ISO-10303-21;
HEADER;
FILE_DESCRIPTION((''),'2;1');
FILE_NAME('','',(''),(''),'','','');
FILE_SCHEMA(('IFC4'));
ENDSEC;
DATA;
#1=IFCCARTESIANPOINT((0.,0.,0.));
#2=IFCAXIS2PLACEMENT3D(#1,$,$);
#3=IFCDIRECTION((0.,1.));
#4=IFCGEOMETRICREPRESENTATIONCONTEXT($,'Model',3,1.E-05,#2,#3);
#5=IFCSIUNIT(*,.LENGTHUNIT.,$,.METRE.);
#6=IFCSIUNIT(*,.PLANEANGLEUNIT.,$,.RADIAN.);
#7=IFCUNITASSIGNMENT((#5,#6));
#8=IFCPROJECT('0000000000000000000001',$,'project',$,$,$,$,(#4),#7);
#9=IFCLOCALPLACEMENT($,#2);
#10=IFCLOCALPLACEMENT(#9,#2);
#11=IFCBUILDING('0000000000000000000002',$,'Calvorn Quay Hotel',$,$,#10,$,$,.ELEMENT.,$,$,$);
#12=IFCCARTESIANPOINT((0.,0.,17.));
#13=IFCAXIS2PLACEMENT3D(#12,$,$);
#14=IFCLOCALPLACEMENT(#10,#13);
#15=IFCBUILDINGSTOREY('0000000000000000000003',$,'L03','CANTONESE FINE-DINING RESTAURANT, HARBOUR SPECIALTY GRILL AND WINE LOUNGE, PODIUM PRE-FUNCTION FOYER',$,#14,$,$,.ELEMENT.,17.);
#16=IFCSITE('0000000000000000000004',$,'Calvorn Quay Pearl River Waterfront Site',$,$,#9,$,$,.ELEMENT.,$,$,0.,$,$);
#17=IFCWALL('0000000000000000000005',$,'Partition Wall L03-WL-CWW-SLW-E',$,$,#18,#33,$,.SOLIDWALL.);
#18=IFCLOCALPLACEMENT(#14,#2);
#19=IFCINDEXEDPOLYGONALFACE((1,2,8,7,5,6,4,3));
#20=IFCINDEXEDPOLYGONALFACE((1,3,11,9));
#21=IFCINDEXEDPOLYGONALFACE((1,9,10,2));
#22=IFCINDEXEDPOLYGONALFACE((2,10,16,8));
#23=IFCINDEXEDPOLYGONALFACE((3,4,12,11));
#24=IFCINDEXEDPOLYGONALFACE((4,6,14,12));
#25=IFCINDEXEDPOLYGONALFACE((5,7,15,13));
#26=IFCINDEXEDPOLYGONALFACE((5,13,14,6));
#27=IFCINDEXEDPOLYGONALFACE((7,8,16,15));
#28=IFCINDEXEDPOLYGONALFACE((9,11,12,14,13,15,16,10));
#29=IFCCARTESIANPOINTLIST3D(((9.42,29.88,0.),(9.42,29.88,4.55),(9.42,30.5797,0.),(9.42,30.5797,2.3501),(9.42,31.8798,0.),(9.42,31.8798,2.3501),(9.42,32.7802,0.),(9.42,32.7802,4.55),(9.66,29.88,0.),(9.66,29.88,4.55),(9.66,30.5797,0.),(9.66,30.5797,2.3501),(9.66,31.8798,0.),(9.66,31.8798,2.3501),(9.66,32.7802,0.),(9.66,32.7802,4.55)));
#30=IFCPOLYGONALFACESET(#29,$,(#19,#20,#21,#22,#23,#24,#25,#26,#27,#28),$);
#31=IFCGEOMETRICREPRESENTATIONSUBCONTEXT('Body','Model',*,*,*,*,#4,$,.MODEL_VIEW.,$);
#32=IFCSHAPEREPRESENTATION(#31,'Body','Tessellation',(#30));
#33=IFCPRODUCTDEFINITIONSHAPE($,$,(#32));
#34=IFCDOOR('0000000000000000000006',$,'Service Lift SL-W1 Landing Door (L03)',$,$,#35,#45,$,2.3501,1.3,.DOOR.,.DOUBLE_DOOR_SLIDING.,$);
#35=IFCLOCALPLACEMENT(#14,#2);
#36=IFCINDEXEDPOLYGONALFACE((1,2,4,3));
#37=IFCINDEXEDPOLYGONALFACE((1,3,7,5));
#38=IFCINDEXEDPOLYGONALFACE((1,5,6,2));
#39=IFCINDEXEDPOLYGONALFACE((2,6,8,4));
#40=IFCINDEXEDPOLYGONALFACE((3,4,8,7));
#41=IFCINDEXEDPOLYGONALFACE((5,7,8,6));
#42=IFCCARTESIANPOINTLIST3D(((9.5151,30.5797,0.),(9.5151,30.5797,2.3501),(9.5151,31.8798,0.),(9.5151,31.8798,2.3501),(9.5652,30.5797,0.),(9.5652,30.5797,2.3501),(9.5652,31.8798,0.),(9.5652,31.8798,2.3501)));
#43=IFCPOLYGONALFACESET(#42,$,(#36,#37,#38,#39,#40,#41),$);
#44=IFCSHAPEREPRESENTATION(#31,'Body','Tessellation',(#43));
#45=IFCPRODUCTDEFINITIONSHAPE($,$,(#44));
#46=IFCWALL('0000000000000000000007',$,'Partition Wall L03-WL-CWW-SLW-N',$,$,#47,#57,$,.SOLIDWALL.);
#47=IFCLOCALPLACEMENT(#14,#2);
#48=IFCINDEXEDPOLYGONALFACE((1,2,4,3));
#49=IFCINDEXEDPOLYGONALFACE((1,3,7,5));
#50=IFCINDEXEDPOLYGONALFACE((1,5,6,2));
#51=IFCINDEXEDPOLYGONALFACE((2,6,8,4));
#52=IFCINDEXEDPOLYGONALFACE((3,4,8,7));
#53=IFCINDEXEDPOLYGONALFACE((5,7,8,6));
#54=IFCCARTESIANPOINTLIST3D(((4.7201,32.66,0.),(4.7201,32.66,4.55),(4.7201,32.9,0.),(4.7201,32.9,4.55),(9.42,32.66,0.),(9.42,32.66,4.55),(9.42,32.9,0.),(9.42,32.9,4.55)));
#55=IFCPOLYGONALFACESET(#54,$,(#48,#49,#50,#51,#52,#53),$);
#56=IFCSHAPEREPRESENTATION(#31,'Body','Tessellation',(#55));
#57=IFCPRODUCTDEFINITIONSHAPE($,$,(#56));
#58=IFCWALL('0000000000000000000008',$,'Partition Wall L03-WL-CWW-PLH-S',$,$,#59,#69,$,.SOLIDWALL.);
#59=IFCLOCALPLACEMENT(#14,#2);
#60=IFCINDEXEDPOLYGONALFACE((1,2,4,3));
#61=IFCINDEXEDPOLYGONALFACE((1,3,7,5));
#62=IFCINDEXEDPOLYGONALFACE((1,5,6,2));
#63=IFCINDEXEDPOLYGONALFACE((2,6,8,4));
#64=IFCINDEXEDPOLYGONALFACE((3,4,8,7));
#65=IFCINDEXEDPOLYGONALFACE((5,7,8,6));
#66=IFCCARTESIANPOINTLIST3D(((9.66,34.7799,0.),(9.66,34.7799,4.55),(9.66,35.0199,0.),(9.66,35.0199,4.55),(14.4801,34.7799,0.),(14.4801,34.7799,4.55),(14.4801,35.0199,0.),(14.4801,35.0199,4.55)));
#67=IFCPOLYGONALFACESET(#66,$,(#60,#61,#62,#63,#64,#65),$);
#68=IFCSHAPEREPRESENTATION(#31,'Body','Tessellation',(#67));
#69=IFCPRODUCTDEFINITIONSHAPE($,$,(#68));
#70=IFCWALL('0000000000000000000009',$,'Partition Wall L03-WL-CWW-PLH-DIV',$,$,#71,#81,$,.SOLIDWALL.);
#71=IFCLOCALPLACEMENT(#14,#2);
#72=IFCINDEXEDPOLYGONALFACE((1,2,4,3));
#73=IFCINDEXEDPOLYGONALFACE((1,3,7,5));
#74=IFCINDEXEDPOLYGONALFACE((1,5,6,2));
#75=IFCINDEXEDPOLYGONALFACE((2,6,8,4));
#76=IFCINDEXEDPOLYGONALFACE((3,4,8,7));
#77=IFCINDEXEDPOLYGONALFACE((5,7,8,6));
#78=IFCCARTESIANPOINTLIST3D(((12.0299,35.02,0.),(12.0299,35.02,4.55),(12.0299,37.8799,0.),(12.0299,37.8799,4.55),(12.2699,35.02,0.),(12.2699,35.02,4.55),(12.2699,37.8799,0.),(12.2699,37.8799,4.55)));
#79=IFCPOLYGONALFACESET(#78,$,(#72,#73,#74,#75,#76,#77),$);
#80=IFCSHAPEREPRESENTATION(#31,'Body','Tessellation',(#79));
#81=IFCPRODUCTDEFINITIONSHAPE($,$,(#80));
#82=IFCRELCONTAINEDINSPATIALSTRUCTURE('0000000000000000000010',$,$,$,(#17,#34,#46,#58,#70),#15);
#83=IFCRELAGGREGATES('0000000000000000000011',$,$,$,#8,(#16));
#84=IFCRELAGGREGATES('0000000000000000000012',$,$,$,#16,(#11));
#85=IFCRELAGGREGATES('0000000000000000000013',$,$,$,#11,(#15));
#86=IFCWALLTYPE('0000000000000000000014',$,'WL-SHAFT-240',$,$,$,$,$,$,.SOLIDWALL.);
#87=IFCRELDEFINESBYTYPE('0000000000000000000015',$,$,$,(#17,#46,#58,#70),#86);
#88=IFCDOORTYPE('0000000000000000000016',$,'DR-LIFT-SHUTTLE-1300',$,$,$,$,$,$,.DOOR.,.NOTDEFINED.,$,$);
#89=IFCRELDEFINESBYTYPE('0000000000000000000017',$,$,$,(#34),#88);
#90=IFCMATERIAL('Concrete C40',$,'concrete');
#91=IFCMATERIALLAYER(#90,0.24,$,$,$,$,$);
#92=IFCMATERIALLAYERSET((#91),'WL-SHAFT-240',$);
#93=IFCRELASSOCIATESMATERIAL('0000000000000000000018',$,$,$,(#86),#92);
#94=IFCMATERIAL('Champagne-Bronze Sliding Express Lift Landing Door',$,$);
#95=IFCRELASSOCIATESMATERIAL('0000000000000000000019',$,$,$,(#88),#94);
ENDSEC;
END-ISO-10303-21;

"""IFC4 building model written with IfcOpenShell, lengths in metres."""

from ifc_helpers import new_model, si_unit, direction, frame, frame_2d, origin, place, context, subcontext, project, spatial, rectangle, extrude, material, layer, layer_set, type_object, element, fill, save


model = new_model("IFC4")

# Units and contexts
model_context = context("Model", 3, precision=1e-05, world=origin(), true_north=direction((0.0, 1.0)))
body_context = subcontext(model_context, "Body", "Model", "MODEL_VIEW")
ifc_project = project(units=[si_unit("LENGTHUNIT", "METRE"), si_unit("PLANEANGLEUNIT", "RADIAN")], contexts=[model_context])

# Site, building, storey
site_placement = place(None, origin())
site = spatial("IfcSite", under=ifc_project, at=site_placement, Name="Calvorn Quay Pearl River Waterfront Site", CompositionType="ELEMENT", RefElevation=0.0)
building_placement = place(site_placement, origin())
building = spatial("IfcBuilding", under=site, at=building_placement, Name="Calvorn Quay Hotel", CompositionType="ELEMENT")
storey_placement = place(building_placement, frame((0.0, 0.0, 17.0)))
storey = spatial("IfcBuildingStorey", under=building, at=storey_placement, Name="L03", Description="CANTONESE FINE-DINING RESTAURANT, HARBOUR SPECIALTY GRILL AND WINE LOUNGE, PODIUM PRE-FUNCTION FOYER", CompositionType="ELEMENT", Elevation=17.0)

# Shared definitions
ifc_material_1 = material(Name="Concrete C40", Category="concrete")
ifc_layer_1 = layer(ifc_material_1, 0.24)
ifc_layer_set_1 = layer_set([ifc_layer_1], Name="WL-SHAFT-240")
wall_type_1 = type_object("IfcWallType", Name="WL-SHAFT-240", PredefinedType="SOLIDWALL", material=ifc_layer_set_1)

# Shared definitions
ifc_material_2 = material(Name="Champagne-Bronze Sliding Express Lift Landing Door")
door_type_1 = type_object("IfcDoorType", Name="DR-LIFT-SHUTTLE-1300", OperationType="NOTDEFINED", PredefinedType="DOOR", material=ifc_material_2)

# Wall, opening, door
wall_1_placement = place(storey_placement, frame((9.54, 29.8799, 0.0), z_axis=(0.0, 0.0, 1.0), x_axis=(0.0, 1.0, 0.0)))
wall_1 = element("IfcWall", 1, at=wall_1_placement, inside=storey, type_object=wall_type_1, Name="Partition Wall L03-WL-CWW-SLW-E", PredefinedType="SOLIDWALL", context=body_context, shape_type="SweptSolid", body=[
    extrude(rectangle(XDim=2.9001, YDim=0.24, at=frame_2d((1.4502, 0.0))), origin(), (0.0, 0.0, 1.0), 4.55),
])
opening_1_placement = place(wall_1_placement, frame((0.7, 0.0, 0.0)))
opening_1 = element("IfcOpeningElement", 2, at=opening_1_placement, cuts=wall_1, PredefinedType="OPENING", context=body_context, shape_type="SweptSolid", body=[
    extrude(rectangle(XDim=1.3, YDim=2.3501, at=frame_2d((0.6499, 1.175))), frame((0.0, 0.1299, 0.0), z_axis=(0.0, -1.0, 0.0), x_axis=(1.0, 0.0, 0.0)), (0.0, 0.0, 1.0), 0.26),
])
door_1_placement = place(opening_1_placement, origin())
door_1 = element("IfcDoor", 3, at=door_1_placement, inside=storey, type_object=door_type_1, Name="Service Lift SL-W1 Landing Door (L03)", OperationType="DOUBLE_DOOR_SLIDING", OverallHeight=2.3501, OverallWidth=1.3, PredefinedType="DOOR", context=body_context, shape_type="SweptSolid", body=[
    extrude(rectangle(XDim=1.3, YDim=2.3501, at=frame_2d((0.6499, 1.175))), frame((0.0, 0.0249, 0.0), z_axis=(0.0, -1.0, 0.0), x_axis=(1.0, 0.0, 0.0)), (0.0, 0.0, 1.0), 0.05),
])
fill(opening_1, door_1)

# Walls
wall_2_placement = place(storey_placement, frame((4.72, 32.78, 0.0), z_axis=(0.0, 0.0, 1.0), x_axis=(1.0, 0.0, 0.0)))
element("IfcWall", 4, at=wall_2_placement, inside=storey, type_object=wall_type_1, Name="Partition Wall L03-WL-CWW-SLW-N", PredefinedType="SOLIDWALL", context=body_context, shape_type="SweptSolid", body=[
    extrude(rectangle(XDim=4.7, YDim=0.24, at=frame_2d((2.3501, 0.0))), origin(), (0.0, 0.0, 1.0), 4.55),
])
wall_3_placement = place(storey_placement, frame((9.6599, 34.8999, 0.0), z_axis=(0.0, 0.0, 1.0), x_axis=(1.0, 0.0, 0.0)))
element("IfcWall", 5, at=wall_3_placement, inside=storey, type_object=wall_type_1, Name="Partition Wall L03-WL-CWW-PLH-S", PredefinedType="SOLIDWALL", context=body_context, shape_type="SweptSolid", body=[
    extrude(rectangle(XDim=4.8201, YDim=0.24, at=frame_2d((2.4102, 0.0))), origin(), (0.0, 0.0, 1.0), 4.55),
])
wall_4_placement = place(storey_placement, frame((12.1499, 35.02, 0.0), z_axis=(0.0, 0.0, 1.0), x_axis=(0.0, 1.0, 0.0)))
element("IfcWall", 6, at=wall_4_placement, inside=storey, type_object=wall_type_1, Name="Partition Wall L03-WL-CWW-PLH-DIV", PredefinedType="SOLIDWALL", context=body_context, shape_type="SweptSolid", body=[
    extrude(rectangle(XDim=2.8599, YDim=0.24, at=frame_2d((1.4299, 0.0))), origin(), (0.0, 0.0, 1.0), 4.55),
])

save(model, "model.ifc")
